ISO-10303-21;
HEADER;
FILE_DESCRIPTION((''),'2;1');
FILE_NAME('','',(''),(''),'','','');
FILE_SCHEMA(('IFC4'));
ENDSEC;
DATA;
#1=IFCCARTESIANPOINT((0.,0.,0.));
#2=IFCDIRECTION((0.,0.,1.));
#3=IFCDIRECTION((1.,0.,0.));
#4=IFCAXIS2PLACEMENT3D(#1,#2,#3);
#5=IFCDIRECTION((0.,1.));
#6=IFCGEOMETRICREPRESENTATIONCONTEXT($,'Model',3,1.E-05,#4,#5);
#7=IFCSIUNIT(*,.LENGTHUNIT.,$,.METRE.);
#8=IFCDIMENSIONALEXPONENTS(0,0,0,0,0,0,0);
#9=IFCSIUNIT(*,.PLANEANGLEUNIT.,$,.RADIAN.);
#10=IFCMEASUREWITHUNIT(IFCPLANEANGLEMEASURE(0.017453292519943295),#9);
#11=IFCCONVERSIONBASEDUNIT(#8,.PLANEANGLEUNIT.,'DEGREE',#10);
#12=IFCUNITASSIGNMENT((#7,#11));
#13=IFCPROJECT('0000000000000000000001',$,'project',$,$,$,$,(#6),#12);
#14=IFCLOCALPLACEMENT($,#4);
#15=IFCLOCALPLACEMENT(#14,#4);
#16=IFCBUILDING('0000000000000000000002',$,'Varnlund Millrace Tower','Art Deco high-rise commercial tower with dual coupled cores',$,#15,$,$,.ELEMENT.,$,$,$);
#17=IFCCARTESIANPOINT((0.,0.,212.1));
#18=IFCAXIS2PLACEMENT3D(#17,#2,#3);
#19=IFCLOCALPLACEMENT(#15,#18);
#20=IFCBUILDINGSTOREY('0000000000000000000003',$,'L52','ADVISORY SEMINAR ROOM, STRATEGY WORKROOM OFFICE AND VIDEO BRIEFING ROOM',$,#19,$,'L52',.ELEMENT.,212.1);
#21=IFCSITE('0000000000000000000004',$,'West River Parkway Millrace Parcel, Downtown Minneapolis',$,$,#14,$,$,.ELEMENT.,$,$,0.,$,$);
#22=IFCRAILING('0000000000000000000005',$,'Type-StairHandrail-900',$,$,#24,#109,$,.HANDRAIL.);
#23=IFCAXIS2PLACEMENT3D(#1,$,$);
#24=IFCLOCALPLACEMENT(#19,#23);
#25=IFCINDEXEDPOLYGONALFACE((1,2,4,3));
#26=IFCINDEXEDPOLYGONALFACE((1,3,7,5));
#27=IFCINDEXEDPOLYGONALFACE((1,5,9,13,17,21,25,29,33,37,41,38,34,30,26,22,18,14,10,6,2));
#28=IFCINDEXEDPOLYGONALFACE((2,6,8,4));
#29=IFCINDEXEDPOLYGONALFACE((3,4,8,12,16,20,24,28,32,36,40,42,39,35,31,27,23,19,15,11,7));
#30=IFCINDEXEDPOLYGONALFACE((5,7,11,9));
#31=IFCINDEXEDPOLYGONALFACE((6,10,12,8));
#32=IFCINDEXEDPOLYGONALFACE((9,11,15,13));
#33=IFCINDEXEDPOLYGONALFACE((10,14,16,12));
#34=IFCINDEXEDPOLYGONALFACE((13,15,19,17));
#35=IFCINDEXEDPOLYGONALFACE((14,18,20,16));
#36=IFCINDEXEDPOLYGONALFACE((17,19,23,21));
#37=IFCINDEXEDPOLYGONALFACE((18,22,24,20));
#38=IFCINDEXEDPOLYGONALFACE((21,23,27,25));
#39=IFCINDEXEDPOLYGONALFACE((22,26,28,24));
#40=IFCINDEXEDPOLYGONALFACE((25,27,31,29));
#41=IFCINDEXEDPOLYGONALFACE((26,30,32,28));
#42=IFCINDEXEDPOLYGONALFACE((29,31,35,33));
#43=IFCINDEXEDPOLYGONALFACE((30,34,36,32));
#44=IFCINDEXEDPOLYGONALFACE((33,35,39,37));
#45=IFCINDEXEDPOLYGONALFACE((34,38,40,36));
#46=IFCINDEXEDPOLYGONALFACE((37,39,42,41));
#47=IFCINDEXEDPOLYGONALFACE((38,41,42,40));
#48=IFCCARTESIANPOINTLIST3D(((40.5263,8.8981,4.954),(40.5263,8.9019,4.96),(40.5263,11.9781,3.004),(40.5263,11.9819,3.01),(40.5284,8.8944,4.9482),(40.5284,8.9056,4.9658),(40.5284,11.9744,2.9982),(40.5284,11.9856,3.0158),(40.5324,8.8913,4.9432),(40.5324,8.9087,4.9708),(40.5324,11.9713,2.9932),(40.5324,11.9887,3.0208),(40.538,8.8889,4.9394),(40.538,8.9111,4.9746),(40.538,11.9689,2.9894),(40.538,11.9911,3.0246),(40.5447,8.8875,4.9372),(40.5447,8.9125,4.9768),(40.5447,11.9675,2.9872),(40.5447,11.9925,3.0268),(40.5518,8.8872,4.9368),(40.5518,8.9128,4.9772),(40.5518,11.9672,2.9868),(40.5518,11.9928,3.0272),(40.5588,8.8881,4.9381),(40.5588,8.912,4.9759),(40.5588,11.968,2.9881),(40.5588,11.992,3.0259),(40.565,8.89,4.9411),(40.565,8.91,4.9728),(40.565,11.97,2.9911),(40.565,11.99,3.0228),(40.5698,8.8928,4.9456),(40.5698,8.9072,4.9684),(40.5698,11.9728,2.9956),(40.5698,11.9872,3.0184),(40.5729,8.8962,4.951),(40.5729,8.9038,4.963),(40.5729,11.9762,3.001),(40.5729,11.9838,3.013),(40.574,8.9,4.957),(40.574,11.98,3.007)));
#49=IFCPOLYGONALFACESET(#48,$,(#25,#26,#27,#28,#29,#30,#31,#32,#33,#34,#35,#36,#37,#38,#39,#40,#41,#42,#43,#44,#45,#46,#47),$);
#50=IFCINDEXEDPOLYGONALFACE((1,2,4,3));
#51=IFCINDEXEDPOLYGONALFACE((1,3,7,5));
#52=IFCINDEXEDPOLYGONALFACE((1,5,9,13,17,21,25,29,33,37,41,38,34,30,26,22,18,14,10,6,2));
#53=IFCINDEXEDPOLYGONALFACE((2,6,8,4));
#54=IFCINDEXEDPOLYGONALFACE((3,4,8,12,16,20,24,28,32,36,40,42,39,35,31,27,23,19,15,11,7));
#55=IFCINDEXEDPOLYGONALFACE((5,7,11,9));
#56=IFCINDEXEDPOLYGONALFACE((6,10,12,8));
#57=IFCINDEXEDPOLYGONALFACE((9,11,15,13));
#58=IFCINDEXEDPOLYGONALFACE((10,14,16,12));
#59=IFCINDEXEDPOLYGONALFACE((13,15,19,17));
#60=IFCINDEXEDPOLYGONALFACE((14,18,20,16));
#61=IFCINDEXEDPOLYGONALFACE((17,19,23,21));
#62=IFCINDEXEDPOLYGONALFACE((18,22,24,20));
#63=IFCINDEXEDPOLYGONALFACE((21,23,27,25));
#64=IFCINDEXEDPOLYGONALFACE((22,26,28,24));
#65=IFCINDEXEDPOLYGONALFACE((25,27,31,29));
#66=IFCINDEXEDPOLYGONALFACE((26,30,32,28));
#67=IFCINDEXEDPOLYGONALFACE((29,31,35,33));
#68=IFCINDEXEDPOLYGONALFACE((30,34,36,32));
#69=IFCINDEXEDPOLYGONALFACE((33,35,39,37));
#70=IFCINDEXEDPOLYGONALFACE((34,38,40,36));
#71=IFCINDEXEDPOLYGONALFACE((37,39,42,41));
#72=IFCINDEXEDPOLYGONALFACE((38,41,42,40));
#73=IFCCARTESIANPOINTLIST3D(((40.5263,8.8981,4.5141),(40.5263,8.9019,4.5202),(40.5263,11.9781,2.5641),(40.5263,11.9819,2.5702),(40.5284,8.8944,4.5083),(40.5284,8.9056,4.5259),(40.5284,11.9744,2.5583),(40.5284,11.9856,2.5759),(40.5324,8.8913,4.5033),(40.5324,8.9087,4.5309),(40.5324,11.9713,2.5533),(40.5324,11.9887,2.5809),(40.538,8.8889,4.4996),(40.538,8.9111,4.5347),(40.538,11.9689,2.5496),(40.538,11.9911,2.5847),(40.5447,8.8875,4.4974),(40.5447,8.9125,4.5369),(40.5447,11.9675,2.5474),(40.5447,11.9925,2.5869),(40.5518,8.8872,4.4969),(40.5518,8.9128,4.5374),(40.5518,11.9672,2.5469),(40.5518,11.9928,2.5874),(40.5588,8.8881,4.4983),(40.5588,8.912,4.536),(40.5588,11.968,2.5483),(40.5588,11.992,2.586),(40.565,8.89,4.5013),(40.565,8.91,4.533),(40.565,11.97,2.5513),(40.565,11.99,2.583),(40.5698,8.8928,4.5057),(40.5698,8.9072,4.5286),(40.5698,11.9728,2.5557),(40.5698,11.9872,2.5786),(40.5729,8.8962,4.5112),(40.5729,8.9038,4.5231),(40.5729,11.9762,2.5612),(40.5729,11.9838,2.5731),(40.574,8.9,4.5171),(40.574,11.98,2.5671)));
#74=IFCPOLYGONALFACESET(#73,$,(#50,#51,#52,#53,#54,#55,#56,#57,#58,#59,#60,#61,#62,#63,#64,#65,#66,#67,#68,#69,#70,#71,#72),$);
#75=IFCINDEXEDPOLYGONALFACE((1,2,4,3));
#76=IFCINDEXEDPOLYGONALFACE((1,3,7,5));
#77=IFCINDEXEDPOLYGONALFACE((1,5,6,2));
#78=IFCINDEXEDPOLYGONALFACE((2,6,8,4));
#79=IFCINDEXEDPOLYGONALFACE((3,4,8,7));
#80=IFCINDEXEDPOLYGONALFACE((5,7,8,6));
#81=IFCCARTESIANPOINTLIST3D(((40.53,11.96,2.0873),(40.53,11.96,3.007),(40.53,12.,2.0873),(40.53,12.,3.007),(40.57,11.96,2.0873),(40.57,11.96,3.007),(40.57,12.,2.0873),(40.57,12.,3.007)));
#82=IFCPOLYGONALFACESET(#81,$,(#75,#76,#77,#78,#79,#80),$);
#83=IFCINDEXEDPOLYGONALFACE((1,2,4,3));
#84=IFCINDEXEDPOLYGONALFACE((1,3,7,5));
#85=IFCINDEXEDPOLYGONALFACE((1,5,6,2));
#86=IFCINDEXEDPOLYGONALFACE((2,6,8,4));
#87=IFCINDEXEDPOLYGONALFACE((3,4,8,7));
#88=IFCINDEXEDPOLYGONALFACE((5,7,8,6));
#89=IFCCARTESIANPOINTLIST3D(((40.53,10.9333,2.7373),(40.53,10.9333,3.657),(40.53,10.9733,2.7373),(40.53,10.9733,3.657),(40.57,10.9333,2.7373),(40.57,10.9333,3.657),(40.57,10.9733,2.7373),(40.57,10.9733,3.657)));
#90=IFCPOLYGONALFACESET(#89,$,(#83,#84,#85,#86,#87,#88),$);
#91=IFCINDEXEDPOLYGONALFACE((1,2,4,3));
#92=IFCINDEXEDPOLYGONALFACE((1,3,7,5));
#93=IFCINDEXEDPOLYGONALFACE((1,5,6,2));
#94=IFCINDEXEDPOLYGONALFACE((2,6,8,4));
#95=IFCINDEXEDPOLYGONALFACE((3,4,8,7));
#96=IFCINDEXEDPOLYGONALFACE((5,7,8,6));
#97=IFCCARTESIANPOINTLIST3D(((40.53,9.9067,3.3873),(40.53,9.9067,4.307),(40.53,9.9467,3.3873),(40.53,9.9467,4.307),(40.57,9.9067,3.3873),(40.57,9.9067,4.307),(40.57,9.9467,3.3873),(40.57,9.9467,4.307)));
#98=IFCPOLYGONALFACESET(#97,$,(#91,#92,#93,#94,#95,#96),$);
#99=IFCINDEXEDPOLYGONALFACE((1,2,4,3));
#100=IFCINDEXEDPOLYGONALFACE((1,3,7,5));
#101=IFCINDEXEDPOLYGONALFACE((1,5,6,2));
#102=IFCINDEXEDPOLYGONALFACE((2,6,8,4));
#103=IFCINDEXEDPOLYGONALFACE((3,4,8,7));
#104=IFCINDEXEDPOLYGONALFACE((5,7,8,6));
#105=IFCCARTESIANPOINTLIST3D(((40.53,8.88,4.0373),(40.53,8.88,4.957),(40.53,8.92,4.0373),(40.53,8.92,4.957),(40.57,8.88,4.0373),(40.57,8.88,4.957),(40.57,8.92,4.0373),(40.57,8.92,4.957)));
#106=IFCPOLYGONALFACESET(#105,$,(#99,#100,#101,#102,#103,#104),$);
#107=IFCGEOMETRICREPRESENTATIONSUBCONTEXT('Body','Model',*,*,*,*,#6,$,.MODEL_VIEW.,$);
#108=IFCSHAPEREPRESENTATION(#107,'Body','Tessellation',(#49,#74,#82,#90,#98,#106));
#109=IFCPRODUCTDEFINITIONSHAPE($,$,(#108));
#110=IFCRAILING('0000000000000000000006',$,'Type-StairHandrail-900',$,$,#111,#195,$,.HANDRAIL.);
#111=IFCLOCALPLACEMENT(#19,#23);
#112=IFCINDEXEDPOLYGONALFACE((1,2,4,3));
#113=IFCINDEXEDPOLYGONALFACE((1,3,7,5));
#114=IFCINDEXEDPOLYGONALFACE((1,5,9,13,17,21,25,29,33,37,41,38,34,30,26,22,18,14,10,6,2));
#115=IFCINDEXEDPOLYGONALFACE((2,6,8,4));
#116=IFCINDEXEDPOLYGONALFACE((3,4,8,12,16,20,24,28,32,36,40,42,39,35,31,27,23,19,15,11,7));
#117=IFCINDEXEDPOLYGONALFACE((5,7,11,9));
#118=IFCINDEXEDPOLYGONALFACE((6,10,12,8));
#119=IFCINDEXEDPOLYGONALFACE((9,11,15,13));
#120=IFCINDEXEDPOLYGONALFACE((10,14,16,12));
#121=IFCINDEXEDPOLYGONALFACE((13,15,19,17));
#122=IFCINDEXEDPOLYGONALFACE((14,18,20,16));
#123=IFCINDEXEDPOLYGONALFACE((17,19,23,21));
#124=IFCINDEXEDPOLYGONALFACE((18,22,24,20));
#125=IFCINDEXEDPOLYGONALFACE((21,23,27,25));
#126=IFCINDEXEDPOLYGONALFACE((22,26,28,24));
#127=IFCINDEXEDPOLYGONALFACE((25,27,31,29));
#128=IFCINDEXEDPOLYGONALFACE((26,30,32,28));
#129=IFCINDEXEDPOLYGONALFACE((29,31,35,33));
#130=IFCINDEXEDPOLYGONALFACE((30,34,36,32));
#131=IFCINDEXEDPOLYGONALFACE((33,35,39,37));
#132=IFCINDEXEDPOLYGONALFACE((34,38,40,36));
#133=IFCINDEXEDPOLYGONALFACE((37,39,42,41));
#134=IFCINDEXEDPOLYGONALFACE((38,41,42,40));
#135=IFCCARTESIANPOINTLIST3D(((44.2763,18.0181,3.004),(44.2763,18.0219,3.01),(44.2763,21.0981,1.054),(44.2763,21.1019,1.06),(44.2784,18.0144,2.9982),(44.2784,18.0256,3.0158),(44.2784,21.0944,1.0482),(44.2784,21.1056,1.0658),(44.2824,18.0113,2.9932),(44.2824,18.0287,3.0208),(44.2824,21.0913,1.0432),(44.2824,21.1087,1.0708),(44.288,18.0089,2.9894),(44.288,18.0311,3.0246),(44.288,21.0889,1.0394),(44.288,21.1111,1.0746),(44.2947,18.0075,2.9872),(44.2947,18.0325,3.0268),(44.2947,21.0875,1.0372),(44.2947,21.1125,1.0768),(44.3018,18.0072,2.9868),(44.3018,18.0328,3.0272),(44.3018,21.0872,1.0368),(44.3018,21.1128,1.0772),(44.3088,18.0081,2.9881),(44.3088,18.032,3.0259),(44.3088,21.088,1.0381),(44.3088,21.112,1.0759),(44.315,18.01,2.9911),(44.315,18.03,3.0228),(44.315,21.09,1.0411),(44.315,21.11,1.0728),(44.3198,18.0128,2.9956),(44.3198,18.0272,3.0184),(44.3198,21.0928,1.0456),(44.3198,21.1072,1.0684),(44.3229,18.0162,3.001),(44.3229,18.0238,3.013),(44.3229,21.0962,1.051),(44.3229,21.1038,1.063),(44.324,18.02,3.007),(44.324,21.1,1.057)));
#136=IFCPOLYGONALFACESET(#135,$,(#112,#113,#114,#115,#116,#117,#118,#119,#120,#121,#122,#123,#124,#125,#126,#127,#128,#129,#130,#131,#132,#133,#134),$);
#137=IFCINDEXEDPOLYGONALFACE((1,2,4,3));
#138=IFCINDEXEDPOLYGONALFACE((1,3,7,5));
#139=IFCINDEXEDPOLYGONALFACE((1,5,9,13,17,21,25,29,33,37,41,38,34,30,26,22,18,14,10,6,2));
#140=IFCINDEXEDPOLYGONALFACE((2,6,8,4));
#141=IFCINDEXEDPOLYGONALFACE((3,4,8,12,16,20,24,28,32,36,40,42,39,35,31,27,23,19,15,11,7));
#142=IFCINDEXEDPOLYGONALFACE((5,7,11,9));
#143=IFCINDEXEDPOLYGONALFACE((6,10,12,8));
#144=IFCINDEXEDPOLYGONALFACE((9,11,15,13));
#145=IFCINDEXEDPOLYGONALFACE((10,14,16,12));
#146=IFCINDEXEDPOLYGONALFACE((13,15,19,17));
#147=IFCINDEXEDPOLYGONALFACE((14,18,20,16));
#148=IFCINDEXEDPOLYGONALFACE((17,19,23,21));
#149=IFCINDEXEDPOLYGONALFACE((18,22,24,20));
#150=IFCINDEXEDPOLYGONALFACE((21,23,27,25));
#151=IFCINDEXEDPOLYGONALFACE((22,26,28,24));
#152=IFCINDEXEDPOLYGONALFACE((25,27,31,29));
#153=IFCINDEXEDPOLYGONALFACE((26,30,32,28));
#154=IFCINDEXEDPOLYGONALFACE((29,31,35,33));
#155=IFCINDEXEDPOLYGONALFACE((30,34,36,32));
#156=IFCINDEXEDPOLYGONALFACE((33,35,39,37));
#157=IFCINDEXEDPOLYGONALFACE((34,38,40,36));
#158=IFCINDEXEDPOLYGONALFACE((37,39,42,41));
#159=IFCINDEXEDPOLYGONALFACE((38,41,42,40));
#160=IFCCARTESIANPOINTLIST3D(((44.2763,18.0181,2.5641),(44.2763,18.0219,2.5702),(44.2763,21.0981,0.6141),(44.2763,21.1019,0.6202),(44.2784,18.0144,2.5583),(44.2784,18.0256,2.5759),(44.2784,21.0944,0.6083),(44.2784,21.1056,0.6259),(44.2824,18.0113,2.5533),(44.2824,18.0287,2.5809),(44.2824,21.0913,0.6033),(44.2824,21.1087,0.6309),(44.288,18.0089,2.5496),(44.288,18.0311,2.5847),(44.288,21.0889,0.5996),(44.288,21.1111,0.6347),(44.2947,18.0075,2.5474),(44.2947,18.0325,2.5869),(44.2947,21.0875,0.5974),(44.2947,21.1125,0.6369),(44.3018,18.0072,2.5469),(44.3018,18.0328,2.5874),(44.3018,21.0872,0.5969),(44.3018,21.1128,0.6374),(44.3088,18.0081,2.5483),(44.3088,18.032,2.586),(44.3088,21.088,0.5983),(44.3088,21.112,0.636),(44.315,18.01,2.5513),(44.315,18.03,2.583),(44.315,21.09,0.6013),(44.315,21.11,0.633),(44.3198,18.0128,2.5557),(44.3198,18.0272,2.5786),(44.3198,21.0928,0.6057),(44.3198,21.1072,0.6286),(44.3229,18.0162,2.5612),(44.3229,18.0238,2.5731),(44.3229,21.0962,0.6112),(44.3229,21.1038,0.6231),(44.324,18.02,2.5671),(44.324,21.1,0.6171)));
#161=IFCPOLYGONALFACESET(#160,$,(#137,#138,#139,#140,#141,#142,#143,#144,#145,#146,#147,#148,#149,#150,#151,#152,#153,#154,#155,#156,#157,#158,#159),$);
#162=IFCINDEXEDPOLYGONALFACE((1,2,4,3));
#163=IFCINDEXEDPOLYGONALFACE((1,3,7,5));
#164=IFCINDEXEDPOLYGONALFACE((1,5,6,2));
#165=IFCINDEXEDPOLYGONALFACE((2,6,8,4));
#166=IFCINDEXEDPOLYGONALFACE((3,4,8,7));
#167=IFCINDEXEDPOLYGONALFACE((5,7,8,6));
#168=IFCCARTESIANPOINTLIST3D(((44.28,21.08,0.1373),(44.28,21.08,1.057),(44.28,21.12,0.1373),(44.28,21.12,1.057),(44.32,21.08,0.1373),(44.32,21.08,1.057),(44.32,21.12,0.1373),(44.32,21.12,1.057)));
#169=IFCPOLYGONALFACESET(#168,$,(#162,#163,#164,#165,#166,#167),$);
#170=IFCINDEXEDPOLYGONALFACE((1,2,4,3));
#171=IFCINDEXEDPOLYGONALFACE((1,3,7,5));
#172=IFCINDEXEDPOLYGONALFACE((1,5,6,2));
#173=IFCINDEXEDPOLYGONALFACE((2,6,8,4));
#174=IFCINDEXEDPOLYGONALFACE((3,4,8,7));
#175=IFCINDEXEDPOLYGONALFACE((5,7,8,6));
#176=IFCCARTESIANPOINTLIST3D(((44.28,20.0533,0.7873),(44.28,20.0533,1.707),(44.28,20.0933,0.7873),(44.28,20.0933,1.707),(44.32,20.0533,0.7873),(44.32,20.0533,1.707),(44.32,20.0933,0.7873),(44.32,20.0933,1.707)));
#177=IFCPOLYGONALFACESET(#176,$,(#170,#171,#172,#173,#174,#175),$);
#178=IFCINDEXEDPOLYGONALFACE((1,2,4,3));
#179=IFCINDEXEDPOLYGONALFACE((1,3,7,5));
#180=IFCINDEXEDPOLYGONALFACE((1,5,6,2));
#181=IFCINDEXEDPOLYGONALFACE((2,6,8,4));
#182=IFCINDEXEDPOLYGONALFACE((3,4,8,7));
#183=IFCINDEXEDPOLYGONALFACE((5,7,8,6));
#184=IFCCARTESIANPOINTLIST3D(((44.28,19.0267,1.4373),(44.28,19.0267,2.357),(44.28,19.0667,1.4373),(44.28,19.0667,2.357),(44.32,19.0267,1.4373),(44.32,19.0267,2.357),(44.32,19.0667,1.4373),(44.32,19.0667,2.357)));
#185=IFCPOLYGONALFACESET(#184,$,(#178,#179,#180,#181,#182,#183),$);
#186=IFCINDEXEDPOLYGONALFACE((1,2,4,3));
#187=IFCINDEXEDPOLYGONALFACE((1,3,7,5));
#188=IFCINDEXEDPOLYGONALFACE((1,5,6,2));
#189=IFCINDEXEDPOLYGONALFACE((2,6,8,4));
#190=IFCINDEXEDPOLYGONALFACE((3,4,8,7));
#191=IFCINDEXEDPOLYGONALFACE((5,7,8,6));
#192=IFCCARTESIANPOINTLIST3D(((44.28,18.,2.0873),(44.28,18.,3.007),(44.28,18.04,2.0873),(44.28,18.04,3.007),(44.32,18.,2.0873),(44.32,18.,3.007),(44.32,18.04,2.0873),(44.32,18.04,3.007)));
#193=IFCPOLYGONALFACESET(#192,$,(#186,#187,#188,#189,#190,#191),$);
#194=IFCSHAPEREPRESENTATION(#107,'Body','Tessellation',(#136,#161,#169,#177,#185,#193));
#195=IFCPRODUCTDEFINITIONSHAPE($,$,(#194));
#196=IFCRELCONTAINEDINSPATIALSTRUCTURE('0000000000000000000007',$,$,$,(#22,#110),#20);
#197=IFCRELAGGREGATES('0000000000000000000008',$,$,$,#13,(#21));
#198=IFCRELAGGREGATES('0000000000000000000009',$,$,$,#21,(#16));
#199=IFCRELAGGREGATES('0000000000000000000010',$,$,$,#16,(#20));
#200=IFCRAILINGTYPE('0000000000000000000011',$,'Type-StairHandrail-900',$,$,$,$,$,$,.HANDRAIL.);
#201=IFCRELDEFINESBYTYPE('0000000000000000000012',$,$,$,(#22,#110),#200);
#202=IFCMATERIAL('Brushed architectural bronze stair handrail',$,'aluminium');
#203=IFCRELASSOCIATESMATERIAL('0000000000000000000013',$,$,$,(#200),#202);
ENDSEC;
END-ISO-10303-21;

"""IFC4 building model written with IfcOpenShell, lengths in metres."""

from ifc_helpers import new_model, entity, si_unit, converted_unit, direction, frame, origin_with_axes, origin_2d_with_axis, place, context, subcontext, project, spatial, rectangle, circle, extrude, material, type_object, element, save


model = new_model("IFC4")

# Units and contexts
model_context = context("Model", 3, precision=1e-05, world=origin_with_axes(), true_north=direction((0.0, 1.0)))
body_context = subcontext(model_context, "Body", "Model", "MODEL_VIEW")
ifc_project = project(units=[si_unit("LENGTHUNIT", "METRE"), converted_unit("PLANEANGLEUNIT", "DEGREE", entity("IfcPlaneAngleMeasure", 0.017453292519943295), si_unit("PLANEANGLEUNIT", "RADIAN"), dimensions=[0, 0, 0, 0, 0, 0, 0])], contexts=[model_context])

# Site, building, storey
site_placement = place(None, origin_with_axes())
site = spatial("IfcSite", under=ifc_project, at=site_placement, Name="West River Parkway Millrace Parcel, Downtown Minneapolis", CompositionType="ELEMENT", RefElevation=0.0)
building_placement = place(site_placement, origin_with_axes())
building = spatial("IfcBuilding", under=site, at=building_placement, Name="Varnlund Millrace Tower", Description="Art Deco high-rise commercial tower with dual coupled cores", CompositionType="ELEMENT")
storey_placement = place(building_placement, frame((0.0, 0.0, 212.1), z_axis=(0.0, 0.0, 1.0), x_axis=(1.0, 0.0, 0.0)))
storey = spatial("IfcBuildingStorey", under=building, at=storey_placement, Name="L52", Description="ADVISORY SEMINAR ROOM, STRATEGY WORKROOM OFFICE AND VIDEO BRIEFING ROOM", LongName="L52", CompositionType="ELEMENT", Elevation=212.1)

# Railings
ifc_material_1 = material(Name="Brushed architectural bronze stair handrail", Category="aluminium")
railing_type_1 = type_object("IfcRailingType", Name="Type-StairHandrail-900", PredefinedType="HANDRAIL", material=ifc_material_1)
railing_1_placement = place(storey_placement, frame((0.0, 0.0, -212.1), z_axis=(0.0, 0.0, 1.0), x_axis=(1.0, 0.0, 0.0)))
element("IfcRailing", 1, at=railing_1_placement, inside=storey, type_object=railing_type_1, Name="Type-StairHandrail-900", PredefinedType="HANDRAIL", context=body_context, shape_type="SweptSolid", body=[
    extrude(circle(Radius=0.024, at=origin_2d_with_axis()), frame((40.55, 11.98, 215.107), z_axis=(0.0, -0.844902, 0.534922), x_axis=(1.0, 0.0, 0.0)), (0.0, 0.0, 1.0), 3.6454),
    extrude(circle(Radius=0.024, at=origin_2d_with_axis()), frame((40.55, 11.98, 214.6671), z_axis=(0.0, -0.844902, 0.534922), x_axis=(1.0, 0.0, 0.0)), (0.0, 0.0, 1.0), 3.6454),
    extrude(rectangle(XDim=0.04, YDim=0.04, at=origin_2d_with_axis()), frame((40.55, 11.98, 214.1873), z_axis=(0.0, 0.0, 1.0), x_axis=(1.0, 0.0, 0.0)), (0.0, 0.0, 1.0), 0.9197),
    extrude(rectangle(XDim=0.04, YDim=0.04, at=origin_2d_with_axis()), frame((40.55, 10.9533, 214.8373), z_axis=(0.0, 0.0, 1.0), x_axis=(1.0, 0.0, 0.0)), (0.0, 0.0, 1.0), 0.9197),
    extrude(rectangle(XDim=0.04, YDim=0.04, at=origin_2d_with_axis()), frame((40.55, 9.9267, 215.4873), z_axis=(0.0, 0.0, 1.0), x_axis=(1.0, 0.0, 0.0)), (0.0, 0.0, 1.0), 0.9197),
    extrude(rectangle(XDim=0.04, YDim=0.04, at=origin_2d_with_axis()), frame((40.55, 8.9, 216.1373), z_axis=(0.0, 0.0, 1.0), x_axis=(1.0, 0.0, 0.0)), (0.0, 0.0, 1.0), 0.9197),
])
railing_2_placement = place(storey_placement, frame((0.0, 0.0, -212.1), z_axis=(0.0, 0.0, 1.0), x_axis=(1.0, 0.0, 0.0)))
element("IfcRailing", 2, at=railing_2_placement, inside=storey, type_object=railing_type_1, Name="Type-StairHandrail-900", PredefinedType="HANDRAIL", context=body_context, shape_type="SweptSolid", body=[
    extrude(circle(Radius=0.024, at=origin_2d_with_axis()), frame((44.3, 21.1, 213.157), z_axis=(0.0, -0.844902, 0.534922), x_axis=(1.0, 0.0, 0.0)), (0.0, 0.0, 1.0), 3.6454),
    extrude(circle(Radius=0.024, at=origin_2d_with_axis()), frame((44.3, 21.1, 212.7171), z_axis=(0.0, -0.844902, 0.534922), x_axis=(1.0, 0.0, 0.0)), (0.0, 0.0, 1.0), 3.6454),
    extrude(rectangle(XDim=0.04, YDim=0.04, at=origin_2d_with_axis()), frame((44.3, 21.1, 212.2373), z_axis=(0.0, 0.0, 1.0), x_axis=(1.0, 0.0, 0.0)), (0.0, 0.0, 1.0), 0.9197),
    extrude(rectangle(XDim=0.04, YDim=0.04, at=origin_2d_with_axis()), frame((44.3, 20.0733, 212.8873), z_axis=(0.0, 0.0, 1.0), x_axis=(1.0, 0.0, 0.0)), (0.0, 0.0, 1.0), 0.9197),
    extrude(rectangle(XDim=0.04, YDim=0.04, at=origin_2d_with_axis()), frame((44.3, 19.0467, 213.5373), z_axis=(0.0, 0.0, 1.0), x_axis=(1.0, 0.0, 0.0)), (0.0, 0.0, 1.0), 0.9197),
    extrude(rectangle(XDim=0.04, YDim=0.04, at=origin_2d_with_axis()), frame((44.3, 18.02, 214.1873), z_axis=(0.0, 0.0, 1.0), x_axis=(1.0, 0.0, 0.0)), (0.0, 0.0, 1.0), 0.9197),
])

save(model, "model.ifc")
